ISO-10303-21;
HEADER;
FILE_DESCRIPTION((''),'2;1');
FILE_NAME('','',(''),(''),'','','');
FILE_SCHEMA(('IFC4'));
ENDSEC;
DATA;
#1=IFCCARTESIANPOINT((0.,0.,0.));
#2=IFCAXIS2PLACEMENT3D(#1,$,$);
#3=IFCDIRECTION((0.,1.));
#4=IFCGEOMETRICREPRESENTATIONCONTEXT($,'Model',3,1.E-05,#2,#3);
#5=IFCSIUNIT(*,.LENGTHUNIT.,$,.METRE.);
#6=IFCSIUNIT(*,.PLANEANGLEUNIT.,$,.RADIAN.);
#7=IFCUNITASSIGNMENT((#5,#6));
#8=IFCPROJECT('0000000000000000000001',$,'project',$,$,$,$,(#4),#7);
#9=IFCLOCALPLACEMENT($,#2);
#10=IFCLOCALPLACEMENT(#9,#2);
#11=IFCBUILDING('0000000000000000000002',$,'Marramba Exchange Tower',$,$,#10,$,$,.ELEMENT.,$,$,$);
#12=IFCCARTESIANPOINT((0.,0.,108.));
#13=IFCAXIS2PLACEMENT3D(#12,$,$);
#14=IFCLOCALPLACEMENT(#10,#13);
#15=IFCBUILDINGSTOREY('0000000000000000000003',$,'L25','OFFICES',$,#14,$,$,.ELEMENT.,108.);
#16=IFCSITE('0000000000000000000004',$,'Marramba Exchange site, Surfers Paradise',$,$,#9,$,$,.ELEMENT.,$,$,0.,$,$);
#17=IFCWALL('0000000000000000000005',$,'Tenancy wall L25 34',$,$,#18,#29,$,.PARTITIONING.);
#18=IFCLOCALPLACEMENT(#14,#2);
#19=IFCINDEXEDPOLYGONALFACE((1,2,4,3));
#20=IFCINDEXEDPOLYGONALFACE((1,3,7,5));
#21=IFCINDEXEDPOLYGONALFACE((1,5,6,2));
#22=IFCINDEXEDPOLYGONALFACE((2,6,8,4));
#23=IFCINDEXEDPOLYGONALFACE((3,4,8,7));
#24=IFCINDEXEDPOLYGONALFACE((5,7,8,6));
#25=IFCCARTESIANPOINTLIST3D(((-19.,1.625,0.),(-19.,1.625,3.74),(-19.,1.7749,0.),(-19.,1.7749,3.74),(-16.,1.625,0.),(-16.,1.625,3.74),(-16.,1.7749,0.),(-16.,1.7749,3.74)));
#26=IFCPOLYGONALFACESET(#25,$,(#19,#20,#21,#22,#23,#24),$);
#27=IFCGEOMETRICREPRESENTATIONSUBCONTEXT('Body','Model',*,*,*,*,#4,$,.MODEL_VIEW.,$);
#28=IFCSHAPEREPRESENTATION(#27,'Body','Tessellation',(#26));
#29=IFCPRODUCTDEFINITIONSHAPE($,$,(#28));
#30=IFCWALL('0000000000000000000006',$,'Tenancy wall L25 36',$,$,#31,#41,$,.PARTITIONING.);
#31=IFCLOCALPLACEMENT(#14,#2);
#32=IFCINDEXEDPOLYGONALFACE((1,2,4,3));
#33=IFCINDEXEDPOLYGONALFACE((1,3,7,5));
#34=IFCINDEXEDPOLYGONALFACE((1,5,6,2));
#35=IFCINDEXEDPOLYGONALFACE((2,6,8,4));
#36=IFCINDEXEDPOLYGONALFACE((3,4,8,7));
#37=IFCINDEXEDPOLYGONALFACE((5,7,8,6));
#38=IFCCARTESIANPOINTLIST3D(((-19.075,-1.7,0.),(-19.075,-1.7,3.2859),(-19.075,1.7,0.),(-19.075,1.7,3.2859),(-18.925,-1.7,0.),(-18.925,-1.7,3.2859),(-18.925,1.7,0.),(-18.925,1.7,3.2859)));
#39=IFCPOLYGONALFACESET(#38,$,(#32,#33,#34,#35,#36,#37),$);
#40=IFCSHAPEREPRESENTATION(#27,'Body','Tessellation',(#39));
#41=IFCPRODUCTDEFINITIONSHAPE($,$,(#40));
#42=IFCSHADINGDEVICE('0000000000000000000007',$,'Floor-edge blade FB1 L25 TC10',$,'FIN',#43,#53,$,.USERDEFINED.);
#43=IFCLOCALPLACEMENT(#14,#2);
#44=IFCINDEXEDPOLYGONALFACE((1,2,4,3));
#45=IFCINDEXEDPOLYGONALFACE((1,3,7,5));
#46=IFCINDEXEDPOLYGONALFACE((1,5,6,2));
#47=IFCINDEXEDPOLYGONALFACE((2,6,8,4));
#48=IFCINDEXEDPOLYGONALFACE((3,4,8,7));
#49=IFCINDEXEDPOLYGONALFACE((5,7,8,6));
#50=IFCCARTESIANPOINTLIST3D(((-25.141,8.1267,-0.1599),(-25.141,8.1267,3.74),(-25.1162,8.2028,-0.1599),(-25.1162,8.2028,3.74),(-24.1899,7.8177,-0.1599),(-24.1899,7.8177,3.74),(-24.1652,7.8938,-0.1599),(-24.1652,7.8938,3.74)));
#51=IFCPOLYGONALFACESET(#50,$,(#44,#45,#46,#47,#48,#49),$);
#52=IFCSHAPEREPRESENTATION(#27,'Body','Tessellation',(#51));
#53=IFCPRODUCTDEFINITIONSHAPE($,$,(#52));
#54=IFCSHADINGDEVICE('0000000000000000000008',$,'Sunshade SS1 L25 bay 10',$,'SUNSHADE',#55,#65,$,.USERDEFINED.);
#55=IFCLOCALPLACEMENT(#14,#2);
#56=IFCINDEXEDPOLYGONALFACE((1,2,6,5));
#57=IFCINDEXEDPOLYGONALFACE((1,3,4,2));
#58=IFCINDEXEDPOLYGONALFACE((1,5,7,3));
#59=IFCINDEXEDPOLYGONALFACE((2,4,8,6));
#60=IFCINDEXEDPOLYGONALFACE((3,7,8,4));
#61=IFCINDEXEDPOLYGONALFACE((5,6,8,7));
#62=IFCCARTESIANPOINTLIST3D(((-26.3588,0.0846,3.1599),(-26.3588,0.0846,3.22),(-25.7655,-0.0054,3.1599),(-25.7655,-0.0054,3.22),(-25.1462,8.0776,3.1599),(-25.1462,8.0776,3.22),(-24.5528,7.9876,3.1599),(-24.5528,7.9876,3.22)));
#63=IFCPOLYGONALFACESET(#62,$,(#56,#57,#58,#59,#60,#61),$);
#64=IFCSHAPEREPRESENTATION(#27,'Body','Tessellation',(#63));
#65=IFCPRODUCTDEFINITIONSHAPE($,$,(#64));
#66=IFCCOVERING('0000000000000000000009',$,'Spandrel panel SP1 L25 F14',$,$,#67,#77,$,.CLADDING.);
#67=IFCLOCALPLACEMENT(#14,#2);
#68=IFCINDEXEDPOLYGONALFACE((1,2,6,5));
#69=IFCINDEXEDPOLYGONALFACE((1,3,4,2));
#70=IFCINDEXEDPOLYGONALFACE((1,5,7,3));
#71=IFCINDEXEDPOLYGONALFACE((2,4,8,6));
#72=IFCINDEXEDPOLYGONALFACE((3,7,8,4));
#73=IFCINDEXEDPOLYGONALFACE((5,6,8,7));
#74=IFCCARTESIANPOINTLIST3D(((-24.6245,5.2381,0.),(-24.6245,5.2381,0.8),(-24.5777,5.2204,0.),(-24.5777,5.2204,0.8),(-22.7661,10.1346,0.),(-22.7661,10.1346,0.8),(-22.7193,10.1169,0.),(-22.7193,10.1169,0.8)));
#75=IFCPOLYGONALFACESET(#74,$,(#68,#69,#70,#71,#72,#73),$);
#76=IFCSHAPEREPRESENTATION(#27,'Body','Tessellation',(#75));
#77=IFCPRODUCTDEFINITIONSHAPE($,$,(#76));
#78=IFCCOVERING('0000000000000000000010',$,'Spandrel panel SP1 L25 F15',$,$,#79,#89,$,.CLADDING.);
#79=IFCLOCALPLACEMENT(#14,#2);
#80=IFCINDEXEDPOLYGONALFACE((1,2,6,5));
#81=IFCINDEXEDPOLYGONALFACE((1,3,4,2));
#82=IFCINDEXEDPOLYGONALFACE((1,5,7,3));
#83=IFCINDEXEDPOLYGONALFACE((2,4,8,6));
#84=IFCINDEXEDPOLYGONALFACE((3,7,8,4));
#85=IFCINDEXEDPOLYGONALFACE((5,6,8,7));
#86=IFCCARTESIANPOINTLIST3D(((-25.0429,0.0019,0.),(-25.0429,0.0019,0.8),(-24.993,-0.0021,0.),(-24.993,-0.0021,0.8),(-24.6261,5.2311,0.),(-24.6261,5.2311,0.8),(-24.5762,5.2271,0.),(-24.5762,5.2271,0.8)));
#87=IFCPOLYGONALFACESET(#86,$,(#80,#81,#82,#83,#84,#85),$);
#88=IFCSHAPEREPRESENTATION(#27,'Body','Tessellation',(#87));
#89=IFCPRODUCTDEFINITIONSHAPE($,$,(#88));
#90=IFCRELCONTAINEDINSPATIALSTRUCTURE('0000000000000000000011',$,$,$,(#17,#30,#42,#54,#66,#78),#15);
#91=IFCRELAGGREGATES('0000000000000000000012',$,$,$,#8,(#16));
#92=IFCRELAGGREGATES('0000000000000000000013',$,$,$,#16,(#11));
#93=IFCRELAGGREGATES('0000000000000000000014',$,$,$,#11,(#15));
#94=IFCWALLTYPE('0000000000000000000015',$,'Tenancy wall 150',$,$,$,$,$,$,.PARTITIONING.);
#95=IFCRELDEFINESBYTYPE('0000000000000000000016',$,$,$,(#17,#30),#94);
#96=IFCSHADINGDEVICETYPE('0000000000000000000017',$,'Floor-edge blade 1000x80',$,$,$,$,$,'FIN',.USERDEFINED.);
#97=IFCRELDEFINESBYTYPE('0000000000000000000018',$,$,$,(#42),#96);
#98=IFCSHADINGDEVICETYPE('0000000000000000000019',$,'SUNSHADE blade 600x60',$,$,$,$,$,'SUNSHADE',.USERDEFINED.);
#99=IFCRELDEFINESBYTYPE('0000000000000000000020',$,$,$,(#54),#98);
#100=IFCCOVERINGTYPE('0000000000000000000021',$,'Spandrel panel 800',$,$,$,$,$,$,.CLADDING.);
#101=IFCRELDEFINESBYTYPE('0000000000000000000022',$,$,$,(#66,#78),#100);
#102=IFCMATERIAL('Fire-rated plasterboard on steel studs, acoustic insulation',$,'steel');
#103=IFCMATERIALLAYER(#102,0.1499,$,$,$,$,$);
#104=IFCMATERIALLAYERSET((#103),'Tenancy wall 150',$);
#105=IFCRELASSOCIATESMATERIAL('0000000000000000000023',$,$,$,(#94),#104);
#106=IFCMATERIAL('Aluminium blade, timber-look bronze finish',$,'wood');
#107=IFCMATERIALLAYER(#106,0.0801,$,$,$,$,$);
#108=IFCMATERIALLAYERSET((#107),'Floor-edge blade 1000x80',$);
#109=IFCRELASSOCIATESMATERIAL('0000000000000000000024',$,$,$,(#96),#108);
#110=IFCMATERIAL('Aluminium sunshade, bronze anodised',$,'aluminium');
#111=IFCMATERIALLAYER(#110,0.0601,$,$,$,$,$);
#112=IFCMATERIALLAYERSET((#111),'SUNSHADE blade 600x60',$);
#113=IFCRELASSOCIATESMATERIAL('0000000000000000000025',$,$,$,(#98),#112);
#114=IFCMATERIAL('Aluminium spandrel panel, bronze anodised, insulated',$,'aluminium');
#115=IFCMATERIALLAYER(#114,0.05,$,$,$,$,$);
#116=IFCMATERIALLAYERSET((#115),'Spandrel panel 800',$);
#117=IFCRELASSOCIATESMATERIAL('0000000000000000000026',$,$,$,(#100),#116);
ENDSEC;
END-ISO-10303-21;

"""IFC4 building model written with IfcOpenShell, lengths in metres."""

from ifc_helpers import new_model, si_unit, direction, frame, frame_2d, origin, origin_2d, place, context, subcontext, project, spatial, rectangle, extrude, material, layer, layer_set, type_object, element, save


model = new_model("IFC4")

# Units and contexts
model_context = context("Model", 3, precision=1e-05, world=origin(), true_north=direction((0.0, 1.0)))
body_context = subcontext(model_context, "Body", "Model", "MODEL_VIEW")
ifc_project = project(units=[si_unit("LENGTHUNIT", "METRE"), si_unit("PLANEANGLEUNIT", "RADIAN")], contexts=[model_context])

# Site, building, storey
site_placement = place(None, origin())
site = spatial("IfcSite", under=ifc_project, at=site_placement, Name="Marramba Exchange site, Surfers Paradise", CompositionType="ELEMENT", RefElevation=0.0)
building_placement = place(site_placement, origin())
building = spatial("IfcBuilding", under=site, at=building_placement, Name="Marramba Exchange Tower", CompositionType="ELEMENT")
storey_placement = place(building_placement, frame((0.0, 0.0, 108.0)))
storey = spatial("IfcBuildingStorey", under=building, at=storey_placement, Name="L25", Description="OFFICES", CompositionType="ELEMENT", Elevation=108.0)

# Walls
ifc_material_1 = material(Name="Fire-rated plasterboard on steel studs, acoustic insulation", Category="steel")
ifc_layer_1 = layer(ifc_material_1, 0.1499)
ifc_layer_set_1 = layer_set([ifc_layer_1], Name="Tenancy wall 150")
wall_type_1 = type_object("IfcWallType", Name="Tenancy wall 150", PredefinedType="PARTITIONING", material=ifc_layer_set_1)
wall_1_placement = place(storey_placement, frame((-16.0, 1.7, 0.0), z_axis=(0.0, 0.0, 1.0), x_axis=(-1.0, 0.0, 0.0)))
element("IfcWall", 1, at=wall_1_placement, inside=storey, type_object=wall_type_1, Name="Tenancy wall L25 34", PredefinedType="PARTITIONING", context=body_context, shape_type="SweptSolid", body=[
    extrude(rectangle(XDim=3.0, YDim=0.1499, at=frame_2d((1.5, 0.0))), origin(), (0.0, 0.0, 1.0), 3.74),
])
wall_2_placement = place(storey_placement, frame((-19.0, 1.7, 0.0), z_axis=(0.0, 0.0, 1.0), x_axis=(0.0, -1.0, 0.0)))
element("IfcWall", 2, at=wall_2_placement, inside=storey, type_object=wall_type_1, Name="Tenancy wall L25 36", PredefinedType="PARTITIONING", context=body_context, shape_type="SweptSolid", body=[
    extrude(rectangle(XDim=3.3999, YDim=0.1499, at=frame_2d((1.7, 0.0))), origin(), (0.0, 0.0, 1.0), 3.2859),
])

# Shading devices
ifc_material_2 = material(Name="Aluminium blade, timber-look bronze finish", Category="wood")
ifc_layer_2 = layer(ifc_material_2, 0.0801)
ifc_layer_set_2 = layer_set([ifc_layer_2], Name="Floor-edge blade 1000x80")
shading_device_type_1 = type_object("IfcShadingDeviceType", Name="Floor-edge blade 1000x80", ElementType="FIN", PredefinedType="USERDEFINED", material=ifc_layer_set_2)
shading_device_1_placement = place(storey_placement, frame((-24.6531, 8.0103, -0.1599), z_axis=(0.0, 0.0, 1.0), x_axis=(-0.951057, 0.309017, 0.0)))
element("IfcShadingDevice", 3, at=shading_device_1_placement, inside=storey, type_object=shading_device_type_1, Name="Floor-edge blade FB1 L25 TC10", ObjectType="FIN", PredefinedType="USERDEFINED", context=body_context, shape_type="SweptSolid", body=[
    extrude(rectangle(XDim=1.0, YDim=0.0801, at=origin_2d()), origin(), (0.0, 0.0, 1.0), 3.8999),
])
ifc_material_3 = material(Name="Aluminium sunshade, bronze anodised", Category="aluminium")
ifc_layer_3 = layer(ifc_material_3, 0.0601)
ifc_layer_set_3 = layer_set([ifc_layer_3], Name="SUNSHADE blade 600x60")
shading_device_type_2 = type_object("IfcShadingDeviceType", Name="SUNSHADE blade 600x60", ElementType="SUNSHADE", PredefinedType="USERDEFINED", material=ifc_layer_set_3)
shading_device_2_placement = place(storey_placement, frame((-25.4558, 4.0361, 3.1599), z_axis=(0.0, 0.0, 1.0), x_axis=(-0.149993, -0.988687, 0.0)))
element("IfcShadingDevice", 4, at=shading_device_2_placement, inside=storey, type_object=shading_device_type_2, Name="Sunshade SS1 L25 bay 10", ObjectType="SUNSHADE", PredefinedType="USERDEFINED", context=body_context, shape_type="SweptSolid", body=[
    extrude(rectangle(XDim=8.0845, YDim=0.6001, at=origin_2d()), origin(), (0.0, 0.0, 1.0), 0.0601),
])

# Coverings
ifc_material_4 = material(Name="Aluminium spandrel panel, bronze anodised, insulated", Category="aluminium")
ifc_layer_4 = layer(ifc_material_4, 0.05)
ifc_layer_set_4 = layer_set([ifc_layer_4], Name="Spandrel panel 800")
covering_type = type_object("IfcCoveringType", Name="Spandrel panel 800", PredefinedType="CLADDING", material=ifc_layer_set_4)
covering_1_placement = place(storey_placement, frame((-23.6719, 7.6775, 0.0), z_axis=(0.0, 0.0, 1.0), x_axis=(-0.354844, -0.934925, 0.0)))
element("IfcCovering", 5, at=covering_1_placement, inside=storey, type_object=covering_type, Name="Spandrel panel SP1 L25 F14", PredefinedType="CLADDING", context=body_context, shape_type="SweptSolid", body=[
    extrude(rectangle(XDim=5.2373, YDim=0.05, at=origin_2d()), origin(), (0.0, 0.0, 1.0), 0.8),
])
covering_2_placement = place(storey_placement, frame((-24.8096, 2.6145, 0.0), z_axis=(0.0, 0.0, 1.0), x_axis=(-0.07946, -0.996838, 0.0)))
element("IfcCovering", 6, at=covering_2_placement, inside=storey, type_object=covering_type, Name="Spandrel panel SP1 L25 F15", PredefinedType="CLADDING", context=body_context, shape_type="SweptSolid", body=[
    extrude(rectangle(XDim=5.2458, YDim=0.05, at=origin_2d()), origin(), (0.0, 0.0, 1.0), 0.8),
])

save(model, "model.ifc")
